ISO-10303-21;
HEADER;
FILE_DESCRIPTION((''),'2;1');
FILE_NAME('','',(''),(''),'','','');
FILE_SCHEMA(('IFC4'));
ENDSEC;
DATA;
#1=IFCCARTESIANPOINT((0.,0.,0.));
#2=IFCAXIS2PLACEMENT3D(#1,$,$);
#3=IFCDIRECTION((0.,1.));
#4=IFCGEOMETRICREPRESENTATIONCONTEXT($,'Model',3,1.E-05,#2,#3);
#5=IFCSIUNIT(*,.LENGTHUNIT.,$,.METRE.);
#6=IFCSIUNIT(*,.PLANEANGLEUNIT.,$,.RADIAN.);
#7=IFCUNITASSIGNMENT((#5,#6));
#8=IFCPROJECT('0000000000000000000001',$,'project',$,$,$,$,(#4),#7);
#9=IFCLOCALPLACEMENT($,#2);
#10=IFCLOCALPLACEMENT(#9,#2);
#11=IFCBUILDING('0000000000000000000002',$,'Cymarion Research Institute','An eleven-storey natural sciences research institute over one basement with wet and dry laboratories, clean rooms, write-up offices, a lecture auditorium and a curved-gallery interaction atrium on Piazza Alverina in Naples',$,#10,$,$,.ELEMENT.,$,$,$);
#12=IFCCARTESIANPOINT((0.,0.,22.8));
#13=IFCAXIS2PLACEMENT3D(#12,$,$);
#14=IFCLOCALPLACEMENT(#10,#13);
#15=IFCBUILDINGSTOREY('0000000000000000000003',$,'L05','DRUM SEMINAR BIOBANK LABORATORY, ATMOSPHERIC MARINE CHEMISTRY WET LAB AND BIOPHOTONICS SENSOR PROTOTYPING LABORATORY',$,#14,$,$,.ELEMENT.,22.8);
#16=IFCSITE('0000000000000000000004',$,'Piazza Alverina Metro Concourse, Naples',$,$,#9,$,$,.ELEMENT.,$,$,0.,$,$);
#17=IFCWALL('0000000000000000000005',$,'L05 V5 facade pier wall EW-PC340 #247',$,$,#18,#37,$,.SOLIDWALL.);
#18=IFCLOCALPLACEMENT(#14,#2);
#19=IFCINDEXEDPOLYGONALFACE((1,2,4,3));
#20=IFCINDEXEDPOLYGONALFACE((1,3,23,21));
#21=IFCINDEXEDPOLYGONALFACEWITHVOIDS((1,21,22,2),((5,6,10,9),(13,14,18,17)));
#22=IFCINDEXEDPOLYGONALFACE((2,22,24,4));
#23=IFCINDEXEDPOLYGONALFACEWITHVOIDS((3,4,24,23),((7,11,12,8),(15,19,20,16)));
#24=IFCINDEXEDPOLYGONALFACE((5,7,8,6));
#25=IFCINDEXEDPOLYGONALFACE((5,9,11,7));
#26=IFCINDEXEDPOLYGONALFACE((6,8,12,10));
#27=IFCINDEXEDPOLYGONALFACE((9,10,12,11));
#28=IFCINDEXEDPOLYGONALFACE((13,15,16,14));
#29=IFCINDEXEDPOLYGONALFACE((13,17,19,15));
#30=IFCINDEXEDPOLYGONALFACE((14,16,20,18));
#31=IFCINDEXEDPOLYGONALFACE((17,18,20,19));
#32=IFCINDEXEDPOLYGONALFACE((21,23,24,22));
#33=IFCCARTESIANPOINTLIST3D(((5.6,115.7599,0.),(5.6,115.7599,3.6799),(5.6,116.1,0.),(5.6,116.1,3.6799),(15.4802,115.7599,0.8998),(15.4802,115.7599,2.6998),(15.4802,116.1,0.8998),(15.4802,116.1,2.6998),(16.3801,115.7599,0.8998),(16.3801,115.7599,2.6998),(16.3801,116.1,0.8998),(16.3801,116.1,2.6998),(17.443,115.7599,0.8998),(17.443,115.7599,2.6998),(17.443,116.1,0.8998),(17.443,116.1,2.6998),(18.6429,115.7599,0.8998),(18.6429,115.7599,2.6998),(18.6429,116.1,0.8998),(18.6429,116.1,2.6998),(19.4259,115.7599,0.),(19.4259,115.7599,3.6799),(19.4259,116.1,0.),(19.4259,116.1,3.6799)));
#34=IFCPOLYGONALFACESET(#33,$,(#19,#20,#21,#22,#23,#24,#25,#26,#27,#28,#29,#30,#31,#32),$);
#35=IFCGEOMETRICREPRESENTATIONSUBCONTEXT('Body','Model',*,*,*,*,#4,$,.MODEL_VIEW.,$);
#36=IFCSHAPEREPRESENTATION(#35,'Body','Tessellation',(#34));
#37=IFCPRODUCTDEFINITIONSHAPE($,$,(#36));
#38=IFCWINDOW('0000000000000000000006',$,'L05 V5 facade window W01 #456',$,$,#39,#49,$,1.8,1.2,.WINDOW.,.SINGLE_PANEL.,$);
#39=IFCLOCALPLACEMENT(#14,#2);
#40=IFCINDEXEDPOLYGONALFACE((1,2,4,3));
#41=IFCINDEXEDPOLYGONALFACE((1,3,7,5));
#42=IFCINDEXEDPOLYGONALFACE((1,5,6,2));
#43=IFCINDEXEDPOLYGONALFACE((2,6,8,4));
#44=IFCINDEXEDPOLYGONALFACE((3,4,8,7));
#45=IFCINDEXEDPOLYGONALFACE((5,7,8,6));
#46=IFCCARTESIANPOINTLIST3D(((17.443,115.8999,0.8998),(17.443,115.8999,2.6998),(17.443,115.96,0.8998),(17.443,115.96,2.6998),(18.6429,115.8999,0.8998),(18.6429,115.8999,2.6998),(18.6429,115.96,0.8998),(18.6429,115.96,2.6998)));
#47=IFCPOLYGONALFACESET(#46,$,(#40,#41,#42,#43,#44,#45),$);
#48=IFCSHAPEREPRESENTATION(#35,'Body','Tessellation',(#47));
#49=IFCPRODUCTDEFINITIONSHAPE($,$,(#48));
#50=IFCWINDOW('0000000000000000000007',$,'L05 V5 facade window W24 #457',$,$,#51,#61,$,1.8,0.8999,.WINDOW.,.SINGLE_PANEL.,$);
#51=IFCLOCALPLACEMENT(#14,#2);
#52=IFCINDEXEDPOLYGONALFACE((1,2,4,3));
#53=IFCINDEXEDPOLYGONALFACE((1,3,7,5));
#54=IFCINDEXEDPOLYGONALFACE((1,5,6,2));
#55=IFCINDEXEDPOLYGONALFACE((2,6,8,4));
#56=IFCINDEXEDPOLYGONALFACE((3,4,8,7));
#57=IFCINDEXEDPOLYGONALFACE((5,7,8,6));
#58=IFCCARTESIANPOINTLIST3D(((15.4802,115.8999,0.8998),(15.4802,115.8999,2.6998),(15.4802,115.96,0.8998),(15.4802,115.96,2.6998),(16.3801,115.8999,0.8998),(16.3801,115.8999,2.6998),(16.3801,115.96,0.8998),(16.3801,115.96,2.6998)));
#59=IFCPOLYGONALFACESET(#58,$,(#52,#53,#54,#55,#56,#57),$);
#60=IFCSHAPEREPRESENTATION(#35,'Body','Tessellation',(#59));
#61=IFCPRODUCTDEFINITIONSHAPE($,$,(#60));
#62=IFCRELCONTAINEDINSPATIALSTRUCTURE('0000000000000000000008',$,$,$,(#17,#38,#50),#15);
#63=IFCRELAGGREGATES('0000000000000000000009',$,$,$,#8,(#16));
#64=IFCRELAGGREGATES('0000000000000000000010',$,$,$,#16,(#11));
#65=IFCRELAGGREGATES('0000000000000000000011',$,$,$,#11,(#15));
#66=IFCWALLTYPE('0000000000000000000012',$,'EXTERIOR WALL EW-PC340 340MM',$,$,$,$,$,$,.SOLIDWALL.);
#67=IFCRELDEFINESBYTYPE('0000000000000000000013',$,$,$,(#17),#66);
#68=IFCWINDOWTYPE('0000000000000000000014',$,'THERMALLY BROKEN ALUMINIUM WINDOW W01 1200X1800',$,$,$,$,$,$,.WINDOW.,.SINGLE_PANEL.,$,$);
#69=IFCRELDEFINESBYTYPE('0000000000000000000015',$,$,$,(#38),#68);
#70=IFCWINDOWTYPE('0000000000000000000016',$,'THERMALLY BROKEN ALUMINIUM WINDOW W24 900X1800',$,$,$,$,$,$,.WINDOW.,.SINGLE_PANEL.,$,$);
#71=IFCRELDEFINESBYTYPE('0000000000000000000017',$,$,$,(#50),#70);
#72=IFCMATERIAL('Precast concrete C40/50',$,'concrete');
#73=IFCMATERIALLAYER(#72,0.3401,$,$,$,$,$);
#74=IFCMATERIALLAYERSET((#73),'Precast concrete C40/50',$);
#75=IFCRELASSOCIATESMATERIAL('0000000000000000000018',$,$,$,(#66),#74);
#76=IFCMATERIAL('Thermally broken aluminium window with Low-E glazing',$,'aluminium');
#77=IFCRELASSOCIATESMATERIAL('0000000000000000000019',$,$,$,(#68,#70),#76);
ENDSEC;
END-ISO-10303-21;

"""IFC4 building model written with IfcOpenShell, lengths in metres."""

from ifc_helpers import new_model, si_unit, direction, frame, frame_2d, origin, place, context, subcontext, project, spatial, rectangle, extrude, material, layer, layer_set, type_object, element, fill, save


model = new_model("IFC4")

# Units and contexts
model_context = context("Model", 3, precision=1e-05, world=origin(), true_north=direction((0.0, 1.0)))
body_context = subcontext(model_context, "Body", "Model", "MODEL_VIEW")
ifc_project = project(units=[si_unit("LENGTHUNIT", "METRE"), si_unit("PLANEANGLEUNIT", "RADIAN")], contexts=[model_context])

# Site, building, storey
site_placement = place(None, origin())
site = spatial("IfcSite", under=ifc_project, at=site_placement, Name="Piazza Alverina Metro Concourse, Naples", CompositionType="ELEMENT", RefElevation=0.0)
building_placement = place(site_placement, origin())
building = spatial("IfcBuilding", under=site, at=building_placement, Name="Cymarion Research Institute", Description="An eleven-storey natural sciences research institute over one basement with wet and dry laboratories, clean rooms, write-up offices, a lecture auditorium and a curved-gallery interaction atrium on Piazza Alverina in Naples", CompositionType="ELEMENT")
storey_placement = place(building_placement, frame((0.0, 0.0, 22.8)))
storey = spatial("IfcBuildingStorey", under=building, at=storey_placement, Name="L05", Description="DRUM SEMINAR BIOBANK LABORATORY, ATMOSPHERIC MARINE CHEMISTRY WET LAB AND BIOPHOTONICS SENSOR PROTOTYPING LABORATORY", CompositionType="ELEMENT", Elevation=22.8)

# Wall, openings, windows
ifc_material_1 = material(Name="Precast concrete C40/50", Category="concrete")
ifc_layer_1 = layer(ifc_material_1, 0.3401)
ifc_layer_set_1 = layer_set([ifc_layer_1], Name="Precast concrete C40/50")
wall_type = type_object("IfcWallType", Name="EXTERIOR WALL EW-PC340 340MM", PredefinedType="SOLIDWALL", material=ifc_layer_set_1)
wall_placement = place(storey_placement, frame((19.426, 115.9299, 0.0), z_axis=(0.0, 0.0, 1.0), x_axis=(-1.0, 0.0, 0.0)))
wall = element("IfcWall", 1, at=wall_placement, inside=storey, type_object=wall_type, Name="L05 V5 facade pier wall EW-PC340 #247", PredefinedType="SOLIDWALL", context=body_context, shape_type="SweptSolid", body=[
    extrude(rectangle(XDim=13.8259, YDim=0.3401, at=frame_2d((6.9131, 0.0))), origin(), (0.0, 0.0, 1.0), 3.6799),
])
opening_1_placement = place(wall_placement, frame((0.783, 0.0, 0.8999)))
opening_1 = element("IfcOpeningElement", 2, at=opening_1_placement, cuts=wall, PredefinedType="OPENING", context=body_context, shape_type="SweptSolid", body=[
    extrude(rectangle(XDim=1.2, YDim=1.8, at=frame_2d((0.6001, 0.8999))), frame((0.0, 0.1799, 0.0), z_axis=(0.0, -1.0, 0.0), x_axis=(1.0, 0.0, 0.0)), (0.0, 0.0, 1.0), 0.3601),
])
opening_2_placement = place(wall_placement, frame((3.0459, 0.0, 0.8999)))
opening_2 = element("IfcOpeningElement", 3, at=opening_2_placement, cuts=wall, PredefinedType="OPENING", context=body_context, shape_type="SweptSolid", body=[
    extrude(rectangle(XDim=0.8999, YDim=1.8, at=frame_2d((0.45, 0.8999))), frame((0.0, 0.1799, 0.0), z_axis=(0.0, -1.0, 0.0), x_axis=(1.0, 0.0, 0.0)), (0.0, 0.0, 1.0), 0.3601),
])
ifc_material_2 = material(Name="Thermally broken aluminium window with Low-E glazing", Category="aluminium")
window_type_1 = type_object("IfcWindowType", Name="THERMALLY BROKEN ALUMINIUM WINDOW W01 1200X1800", PartitioningType="SINGLE_PANEL", PredefinedType="WINDOW", material=ifc_material_2)
window_1_placement = place(opening_1_placement, origin())
window_1 = element("IfcWindow", 4, at=window_1_placement, inside=storey, type_object=window_type_1, Name="L05 V5 facade window W01 #456", OverallHeight=1.8, OverallWidth=1.2, PartitioningType="SINGLE_PANEL", PredefinedType="WINDOW", context=body_context, shape_type="SweptSolid", body=[
    extrude(rectangle(XDim=1.2, YDim=1.8, at=frame_2d((0.6001, 0.8999))), frame((0.0, 0.03, 0.0), z_axis=(0.0, -1.0, 0.0), x_axis=(1.0, 0.0, 0.0)), (0.0, 0.0, 1.0), 0.0601),
])
fill(opening_1, window_1)
window_type_2 = type_object("IfcWindowType", Name="THERMALLY BROKEN ALUMINIUM WINDOW W24 900X1800", PartitioningType="SINGLE_PANEL", PredefinedType="WINDOW", material=ifc_material_2)
window_2_placement = place(opening_2_placement, origin())
window_2 = element("IfcWindow", 5, at=window_2_placement, inside=storey, type_object=window_type_2, Name="L05 V5 facade window W24 #457", OverallHeight=1.8, OverallWidth=0.8999, PartitioningType="SINGLE_PANEL", PredefinedType="WINDOW", context=body_context, shape_type="SweptSolid", body=[
    extrude(rectangle(XDim=0.8999, YDim=1.8, at=frame_2d((0.45, 0.8999))), frame((0.0, 0.03, 0.0), z_axis=(0.0, -1.0, 0.0), x_axis=(1.0, 0.0, 0.0)), (0.0, 0.0, 1.0), 0.0601),
])
fill(opening_2, window_2)

save(model, "model.ifc")
